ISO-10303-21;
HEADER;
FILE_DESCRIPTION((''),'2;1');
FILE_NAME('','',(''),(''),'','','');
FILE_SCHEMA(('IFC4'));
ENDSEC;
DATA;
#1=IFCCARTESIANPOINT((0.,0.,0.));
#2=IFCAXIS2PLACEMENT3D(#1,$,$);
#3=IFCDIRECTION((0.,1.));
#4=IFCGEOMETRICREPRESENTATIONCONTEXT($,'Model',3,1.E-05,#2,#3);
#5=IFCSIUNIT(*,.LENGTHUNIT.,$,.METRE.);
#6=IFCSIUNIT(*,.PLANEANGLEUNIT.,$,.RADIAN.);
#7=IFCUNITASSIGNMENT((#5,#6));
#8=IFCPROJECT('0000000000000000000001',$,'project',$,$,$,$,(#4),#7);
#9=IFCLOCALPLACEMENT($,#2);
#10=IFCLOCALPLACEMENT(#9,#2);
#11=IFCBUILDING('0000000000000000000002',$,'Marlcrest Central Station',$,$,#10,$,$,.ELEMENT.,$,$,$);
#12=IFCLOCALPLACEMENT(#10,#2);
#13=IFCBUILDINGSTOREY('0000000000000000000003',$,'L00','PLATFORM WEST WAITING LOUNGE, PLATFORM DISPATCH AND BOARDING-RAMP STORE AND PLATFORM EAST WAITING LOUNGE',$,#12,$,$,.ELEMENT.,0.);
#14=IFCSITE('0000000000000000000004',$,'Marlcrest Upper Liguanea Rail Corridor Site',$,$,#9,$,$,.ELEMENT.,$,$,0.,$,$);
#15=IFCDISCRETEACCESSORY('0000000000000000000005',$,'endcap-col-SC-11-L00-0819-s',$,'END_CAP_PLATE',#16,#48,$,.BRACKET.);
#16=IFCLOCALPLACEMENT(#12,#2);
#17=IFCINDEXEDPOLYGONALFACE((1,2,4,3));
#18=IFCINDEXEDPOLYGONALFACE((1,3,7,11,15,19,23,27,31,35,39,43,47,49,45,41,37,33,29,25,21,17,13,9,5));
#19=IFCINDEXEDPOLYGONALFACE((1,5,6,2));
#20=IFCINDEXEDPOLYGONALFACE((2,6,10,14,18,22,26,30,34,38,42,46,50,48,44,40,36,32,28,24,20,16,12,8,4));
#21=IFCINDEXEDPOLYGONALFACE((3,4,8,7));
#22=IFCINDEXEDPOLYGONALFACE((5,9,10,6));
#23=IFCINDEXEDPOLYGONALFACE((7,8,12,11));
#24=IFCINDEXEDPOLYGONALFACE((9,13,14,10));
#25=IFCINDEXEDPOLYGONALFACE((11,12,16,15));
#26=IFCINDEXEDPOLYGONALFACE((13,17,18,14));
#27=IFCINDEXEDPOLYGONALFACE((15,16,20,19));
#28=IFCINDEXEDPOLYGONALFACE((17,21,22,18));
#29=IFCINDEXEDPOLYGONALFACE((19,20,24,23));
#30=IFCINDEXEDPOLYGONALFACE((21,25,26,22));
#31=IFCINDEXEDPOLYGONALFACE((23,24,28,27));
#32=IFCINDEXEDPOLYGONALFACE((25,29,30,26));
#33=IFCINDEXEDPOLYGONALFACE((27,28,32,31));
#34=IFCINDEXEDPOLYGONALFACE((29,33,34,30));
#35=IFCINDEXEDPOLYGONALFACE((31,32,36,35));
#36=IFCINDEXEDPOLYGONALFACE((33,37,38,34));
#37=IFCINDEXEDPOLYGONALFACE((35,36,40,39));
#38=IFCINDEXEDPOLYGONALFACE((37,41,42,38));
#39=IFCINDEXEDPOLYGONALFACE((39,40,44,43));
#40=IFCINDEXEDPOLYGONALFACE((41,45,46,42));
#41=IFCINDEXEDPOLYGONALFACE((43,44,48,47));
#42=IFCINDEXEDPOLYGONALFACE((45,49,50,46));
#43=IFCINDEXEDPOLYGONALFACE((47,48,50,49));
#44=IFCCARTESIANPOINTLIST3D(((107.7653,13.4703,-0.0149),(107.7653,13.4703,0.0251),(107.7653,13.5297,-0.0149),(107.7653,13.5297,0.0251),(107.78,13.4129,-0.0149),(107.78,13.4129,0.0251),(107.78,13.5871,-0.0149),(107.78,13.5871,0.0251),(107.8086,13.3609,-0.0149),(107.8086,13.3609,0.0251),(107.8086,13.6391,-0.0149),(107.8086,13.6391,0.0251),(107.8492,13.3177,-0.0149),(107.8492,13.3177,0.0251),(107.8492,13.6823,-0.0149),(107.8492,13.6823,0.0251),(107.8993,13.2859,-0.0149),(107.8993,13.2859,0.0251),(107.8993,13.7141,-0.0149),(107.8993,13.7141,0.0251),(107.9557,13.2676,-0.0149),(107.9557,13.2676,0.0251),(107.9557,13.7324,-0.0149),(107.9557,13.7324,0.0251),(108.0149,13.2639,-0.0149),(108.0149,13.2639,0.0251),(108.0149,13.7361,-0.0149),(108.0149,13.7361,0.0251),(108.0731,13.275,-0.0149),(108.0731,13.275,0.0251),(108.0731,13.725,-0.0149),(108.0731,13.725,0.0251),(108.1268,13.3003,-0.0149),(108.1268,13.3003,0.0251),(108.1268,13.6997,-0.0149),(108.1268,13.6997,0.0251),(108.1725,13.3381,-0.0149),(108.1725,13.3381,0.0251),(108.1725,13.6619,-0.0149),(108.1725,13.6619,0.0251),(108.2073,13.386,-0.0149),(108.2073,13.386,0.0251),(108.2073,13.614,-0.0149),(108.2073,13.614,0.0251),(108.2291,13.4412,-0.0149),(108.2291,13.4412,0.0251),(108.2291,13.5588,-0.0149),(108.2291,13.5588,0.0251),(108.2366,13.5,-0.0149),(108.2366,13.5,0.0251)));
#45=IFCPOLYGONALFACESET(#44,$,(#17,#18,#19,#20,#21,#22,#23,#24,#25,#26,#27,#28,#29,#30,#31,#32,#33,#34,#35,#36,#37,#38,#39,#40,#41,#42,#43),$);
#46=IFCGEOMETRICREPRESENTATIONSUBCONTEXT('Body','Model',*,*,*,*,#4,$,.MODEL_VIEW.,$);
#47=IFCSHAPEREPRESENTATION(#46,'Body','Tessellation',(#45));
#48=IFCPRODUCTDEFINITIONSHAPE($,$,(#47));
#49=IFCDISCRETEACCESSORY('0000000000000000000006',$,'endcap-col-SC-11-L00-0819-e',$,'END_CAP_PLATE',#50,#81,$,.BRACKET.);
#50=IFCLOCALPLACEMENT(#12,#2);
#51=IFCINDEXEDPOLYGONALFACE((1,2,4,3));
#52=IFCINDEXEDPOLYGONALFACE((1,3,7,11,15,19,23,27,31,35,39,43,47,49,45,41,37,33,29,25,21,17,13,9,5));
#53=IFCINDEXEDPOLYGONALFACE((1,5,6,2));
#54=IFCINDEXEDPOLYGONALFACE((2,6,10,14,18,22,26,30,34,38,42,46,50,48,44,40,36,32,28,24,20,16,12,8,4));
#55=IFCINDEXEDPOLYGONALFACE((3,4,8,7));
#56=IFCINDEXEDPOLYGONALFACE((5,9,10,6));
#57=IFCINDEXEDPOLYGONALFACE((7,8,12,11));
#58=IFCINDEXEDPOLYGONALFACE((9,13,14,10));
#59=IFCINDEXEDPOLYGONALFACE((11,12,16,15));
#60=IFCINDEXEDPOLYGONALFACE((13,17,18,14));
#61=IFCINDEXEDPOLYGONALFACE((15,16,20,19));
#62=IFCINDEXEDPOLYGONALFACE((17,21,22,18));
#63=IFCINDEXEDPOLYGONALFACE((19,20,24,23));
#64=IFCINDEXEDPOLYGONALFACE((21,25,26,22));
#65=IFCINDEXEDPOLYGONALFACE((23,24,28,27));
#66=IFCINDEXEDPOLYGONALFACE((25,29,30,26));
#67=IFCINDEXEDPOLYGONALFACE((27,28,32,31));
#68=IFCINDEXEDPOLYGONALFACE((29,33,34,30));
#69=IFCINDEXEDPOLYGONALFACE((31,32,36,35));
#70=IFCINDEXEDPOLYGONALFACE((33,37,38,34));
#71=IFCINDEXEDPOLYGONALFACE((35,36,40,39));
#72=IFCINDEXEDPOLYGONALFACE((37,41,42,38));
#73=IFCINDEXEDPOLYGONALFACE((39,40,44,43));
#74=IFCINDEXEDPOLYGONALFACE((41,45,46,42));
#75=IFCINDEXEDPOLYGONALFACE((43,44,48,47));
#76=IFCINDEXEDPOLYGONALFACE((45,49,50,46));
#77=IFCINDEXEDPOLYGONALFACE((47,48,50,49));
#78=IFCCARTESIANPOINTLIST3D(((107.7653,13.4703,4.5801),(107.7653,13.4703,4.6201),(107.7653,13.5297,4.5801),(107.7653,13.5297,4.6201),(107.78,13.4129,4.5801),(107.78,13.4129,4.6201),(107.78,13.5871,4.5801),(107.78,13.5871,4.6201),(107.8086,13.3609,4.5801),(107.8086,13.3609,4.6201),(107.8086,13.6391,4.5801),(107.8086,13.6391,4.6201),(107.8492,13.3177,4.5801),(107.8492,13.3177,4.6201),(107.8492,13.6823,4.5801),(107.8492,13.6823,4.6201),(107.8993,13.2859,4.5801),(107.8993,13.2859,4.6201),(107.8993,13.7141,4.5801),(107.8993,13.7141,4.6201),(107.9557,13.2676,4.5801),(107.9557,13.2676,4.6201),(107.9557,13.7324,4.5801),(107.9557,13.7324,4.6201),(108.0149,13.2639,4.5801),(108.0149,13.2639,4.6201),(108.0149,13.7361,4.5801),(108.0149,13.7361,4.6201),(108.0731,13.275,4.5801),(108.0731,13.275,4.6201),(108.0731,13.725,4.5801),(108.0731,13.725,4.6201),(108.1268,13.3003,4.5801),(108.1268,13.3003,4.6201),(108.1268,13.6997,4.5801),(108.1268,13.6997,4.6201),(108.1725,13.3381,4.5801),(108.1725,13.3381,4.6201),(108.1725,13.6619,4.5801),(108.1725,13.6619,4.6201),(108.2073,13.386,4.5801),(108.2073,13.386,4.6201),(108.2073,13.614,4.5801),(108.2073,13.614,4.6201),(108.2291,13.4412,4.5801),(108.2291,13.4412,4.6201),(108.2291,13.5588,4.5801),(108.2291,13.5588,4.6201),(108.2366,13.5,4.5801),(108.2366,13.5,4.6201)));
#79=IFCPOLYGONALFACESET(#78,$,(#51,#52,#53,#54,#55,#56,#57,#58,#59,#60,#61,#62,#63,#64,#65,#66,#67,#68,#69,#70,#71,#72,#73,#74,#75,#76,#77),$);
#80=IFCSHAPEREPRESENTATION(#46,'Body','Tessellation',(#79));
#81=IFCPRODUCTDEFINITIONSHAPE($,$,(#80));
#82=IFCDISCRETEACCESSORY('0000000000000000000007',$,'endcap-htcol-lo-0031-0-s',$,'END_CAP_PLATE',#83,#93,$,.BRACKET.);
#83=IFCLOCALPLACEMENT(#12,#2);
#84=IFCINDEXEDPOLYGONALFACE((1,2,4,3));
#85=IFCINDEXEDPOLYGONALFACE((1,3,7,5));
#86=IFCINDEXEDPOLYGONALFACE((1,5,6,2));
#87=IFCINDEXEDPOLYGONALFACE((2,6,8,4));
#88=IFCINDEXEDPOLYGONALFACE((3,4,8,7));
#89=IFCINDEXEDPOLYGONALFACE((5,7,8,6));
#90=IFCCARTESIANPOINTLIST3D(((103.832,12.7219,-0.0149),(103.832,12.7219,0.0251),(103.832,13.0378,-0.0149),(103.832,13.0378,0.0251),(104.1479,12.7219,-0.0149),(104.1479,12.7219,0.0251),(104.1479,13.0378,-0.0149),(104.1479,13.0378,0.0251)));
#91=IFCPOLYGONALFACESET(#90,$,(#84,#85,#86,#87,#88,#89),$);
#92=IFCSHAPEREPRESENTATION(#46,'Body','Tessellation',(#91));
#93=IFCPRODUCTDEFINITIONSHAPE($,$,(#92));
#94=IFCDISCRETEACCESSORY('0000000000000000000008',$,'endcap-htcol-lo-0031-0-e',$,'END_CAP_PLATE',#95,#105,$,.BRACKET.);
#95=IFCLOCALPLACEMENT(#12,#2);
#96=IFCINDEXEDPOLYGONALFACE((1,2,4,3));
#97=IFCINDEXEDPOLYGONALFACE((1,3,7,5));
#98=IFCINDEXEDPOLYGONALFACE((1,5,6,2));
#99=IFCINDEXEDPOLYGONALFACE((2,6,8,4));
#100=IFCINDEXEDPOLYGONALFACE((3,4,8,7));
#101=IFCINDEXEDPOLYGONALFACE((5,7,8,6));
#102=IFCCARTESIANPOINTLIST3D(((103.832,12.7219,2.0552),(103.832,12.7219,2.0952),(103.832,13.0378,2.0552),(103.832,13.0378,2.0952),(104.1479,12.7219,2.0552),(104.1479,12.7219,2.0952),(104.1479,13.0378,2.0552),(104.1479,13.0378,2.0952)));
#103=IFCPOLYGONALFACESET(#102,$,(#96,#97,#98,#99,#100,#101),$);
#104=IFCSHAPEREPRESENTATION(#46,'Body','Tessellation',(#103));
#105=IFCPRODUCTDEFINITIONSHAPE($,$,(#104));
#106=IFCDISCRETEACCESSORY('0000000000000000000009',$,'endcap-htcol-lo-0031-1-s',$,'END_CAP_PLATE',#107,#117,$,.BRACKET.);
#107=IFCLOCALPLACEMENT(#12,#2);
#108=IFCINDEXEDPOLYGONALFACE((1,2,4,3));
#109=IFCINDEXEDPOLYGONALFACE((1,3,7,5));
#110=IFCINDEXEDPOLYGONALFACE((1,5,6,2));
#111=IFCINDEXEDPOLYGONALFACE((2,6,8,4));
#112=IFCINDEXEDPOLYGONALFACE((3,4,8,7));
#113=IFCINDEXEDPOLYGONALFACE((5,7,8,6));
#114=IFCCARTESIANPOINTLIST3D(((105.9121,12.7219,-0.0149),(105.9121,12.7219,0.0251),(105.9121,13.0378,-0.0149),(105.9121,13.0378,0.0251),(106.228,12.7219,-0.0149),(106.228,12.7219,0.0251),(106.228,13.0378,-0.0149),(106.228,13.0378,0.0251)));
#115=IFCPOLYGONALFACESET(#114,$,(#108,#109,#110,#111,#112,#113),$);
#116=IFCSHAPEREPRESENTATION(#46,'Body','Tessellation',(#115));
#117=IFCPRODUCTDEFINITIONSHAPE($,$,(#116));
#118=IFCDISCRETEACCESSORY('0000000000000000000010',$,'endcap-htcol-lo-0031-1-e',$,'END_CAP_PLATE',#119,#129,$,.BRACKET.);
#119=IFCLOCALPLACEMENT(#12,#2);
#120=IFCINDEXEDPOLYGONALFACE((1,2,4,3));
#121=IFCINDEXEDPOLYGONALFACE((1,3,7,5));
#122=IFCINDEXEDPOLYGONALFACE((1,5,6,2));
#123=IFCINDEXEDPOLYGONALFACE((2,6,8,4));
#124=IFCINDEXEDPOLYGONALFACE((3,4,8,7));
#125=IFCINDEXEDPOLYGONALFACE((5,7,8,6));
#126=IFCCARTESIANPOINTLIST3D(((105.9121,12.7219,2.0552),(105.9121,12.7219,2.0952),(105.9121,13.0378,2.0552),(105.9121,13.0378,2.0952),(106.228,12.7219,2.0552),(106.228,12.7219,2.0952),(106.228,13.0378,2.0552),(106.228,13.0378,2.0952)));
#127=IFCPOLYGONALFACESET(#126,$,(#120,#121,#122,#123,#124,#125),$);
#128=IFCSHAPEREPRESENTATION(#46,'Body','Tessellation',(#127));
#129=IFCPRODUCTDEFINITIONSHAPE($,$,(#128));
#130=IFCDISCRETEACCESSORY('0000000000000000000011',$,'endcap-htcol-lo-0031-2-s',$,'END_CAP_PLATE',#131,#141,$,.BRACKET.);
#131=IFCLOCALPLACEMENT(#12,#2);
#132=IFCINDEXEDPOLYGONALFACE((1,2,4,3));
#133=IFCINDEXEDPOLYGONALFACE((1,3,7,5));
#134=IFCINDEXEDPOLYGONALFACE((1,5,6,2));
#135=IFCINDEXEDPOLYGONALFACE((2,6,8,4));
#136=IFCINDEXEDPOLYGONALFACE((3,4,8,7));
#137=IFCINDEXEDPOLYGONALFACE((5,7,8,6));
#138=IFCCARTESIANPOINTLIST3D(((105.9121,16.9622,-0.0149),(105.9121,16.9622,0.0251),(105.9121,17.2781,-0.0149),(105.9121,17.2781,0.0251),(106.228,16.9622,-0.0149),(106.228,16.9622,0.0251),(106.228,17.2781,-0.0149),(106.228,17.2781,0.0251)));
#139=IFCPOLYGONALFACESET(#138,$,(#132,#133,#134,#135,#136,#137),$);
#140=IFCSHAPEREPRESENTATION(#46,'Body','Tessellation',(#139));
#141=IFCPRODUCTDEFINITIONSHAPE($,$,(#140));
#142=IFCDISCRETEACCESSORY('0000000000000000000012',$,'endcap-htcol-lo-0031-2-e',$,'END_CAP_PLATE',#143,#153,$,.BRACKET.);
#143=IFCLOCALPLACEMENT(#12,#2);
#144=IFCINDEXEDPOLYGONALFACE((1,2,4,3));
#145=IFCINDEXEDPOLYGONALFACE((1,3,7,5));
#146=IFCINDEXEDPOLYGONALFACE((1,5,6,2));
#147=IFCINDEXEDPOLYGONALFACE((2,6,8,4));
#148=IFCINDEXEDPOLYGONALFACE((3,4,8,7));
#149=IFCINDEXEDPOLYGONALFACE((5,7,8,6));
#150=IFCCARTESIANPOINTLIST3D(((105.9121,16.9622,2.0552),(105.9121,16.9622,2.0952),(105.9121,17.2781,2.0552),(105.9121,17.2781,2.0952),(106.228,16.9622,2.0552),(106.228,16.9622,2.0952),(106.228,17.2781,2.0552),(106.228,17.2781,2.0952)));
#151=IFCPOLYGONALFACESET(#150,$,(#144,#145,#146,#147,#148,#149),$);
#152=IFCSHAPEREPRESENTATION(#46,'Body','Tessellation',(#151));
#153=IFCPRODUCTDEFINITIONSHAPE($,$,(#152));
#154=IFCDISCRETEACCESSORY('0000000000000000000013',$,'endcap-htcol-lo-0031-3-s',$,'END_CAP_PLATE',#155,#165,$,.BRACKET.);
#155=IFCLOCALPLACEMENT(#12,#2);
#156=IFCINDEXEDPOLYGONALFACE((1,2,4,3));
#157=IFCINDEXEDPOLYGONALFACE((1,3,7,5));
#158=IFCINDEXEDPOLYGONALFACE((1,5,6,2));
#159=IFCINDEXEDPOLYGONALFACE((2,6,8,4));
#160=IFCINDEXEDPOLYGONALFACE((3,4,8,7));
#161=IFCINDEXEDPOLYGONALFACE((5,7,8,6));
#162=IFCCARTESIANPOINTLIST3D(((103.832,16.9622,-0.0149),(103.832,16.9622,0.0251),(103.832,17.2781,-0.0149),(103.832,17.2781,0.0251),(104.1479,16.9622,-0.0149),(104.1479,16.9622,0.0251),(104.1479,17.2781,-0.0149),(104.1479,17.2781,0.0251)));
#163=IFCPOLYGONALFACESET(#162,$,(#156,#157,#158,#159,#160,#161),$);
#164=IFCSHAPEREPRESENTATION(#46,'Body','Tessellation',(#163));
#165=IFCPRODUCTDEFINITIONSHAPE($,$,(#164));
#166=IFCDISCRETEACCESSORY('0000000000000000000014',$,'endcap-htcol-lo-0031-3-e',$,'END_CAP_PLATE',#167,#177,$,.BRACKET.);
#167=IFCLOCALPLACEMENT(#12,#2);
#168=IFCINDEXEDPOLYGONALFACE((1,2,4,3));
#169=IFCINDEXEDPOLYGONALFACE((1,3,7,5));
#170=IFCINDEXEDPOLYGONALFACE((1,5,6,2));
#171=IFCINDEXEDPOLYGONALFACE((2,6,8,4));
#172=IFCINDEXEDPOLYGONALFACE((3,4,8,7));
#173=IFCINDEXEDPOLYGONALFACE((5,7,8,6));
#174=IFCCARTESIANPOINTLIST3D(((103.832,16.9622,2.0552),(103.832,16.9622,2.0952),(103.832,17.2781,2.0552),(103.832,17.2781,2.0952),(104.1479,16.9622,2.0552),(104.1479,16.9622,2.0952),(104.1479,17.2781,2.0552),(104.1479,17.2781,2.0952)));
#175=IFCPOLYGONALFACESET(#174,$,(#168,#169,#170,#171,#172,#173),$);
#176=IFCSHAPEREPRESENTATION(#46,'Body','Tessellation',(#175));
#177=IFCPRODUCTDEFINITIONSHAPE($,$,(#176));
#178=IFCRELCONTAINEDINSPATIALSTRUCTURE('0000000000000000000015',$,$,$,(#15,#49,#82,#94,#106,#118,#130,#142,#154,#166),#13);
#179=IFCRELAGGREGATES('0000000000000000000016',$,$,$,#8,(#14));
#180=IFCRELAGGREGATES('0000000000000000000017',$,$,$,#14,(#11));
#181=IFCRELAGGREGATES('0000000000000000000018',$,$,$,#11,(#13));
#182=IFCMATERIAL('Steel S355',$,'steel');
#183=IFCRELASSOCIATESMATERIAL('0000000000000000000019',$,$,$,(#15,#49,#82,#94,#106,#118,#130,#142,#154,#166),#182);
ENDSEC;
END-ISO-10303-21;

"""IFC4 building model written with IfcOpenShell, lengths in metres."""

from ifc_helpers import new_model, si_unit, direction, frame, origin, origin_2d, place, context, subcontext, project, spatial, rectangle, circle, extrude, material, element, save


model = new_model("IFC4")

# Units and contexts
model_context = context("Model", 3, precision=1e-05, world=origin(), true_north=direction((0.0, 1.0)))
body_context = subcontext(model_context, "Body", "Model", "MODEL_VIEW")
ifc_project = project(units=[si_unit("LENGTHUNIT", "METRE"), si_unit("PLANEANGLEUNIT", "RADIAN")], contexts=[model_context])

# Site, building, storey
site_placement = place(None, origin())
site = spatial("IfcSite", under=ifc_project, at=site_placement, Name="Marlcrest Upper Liguanea Rail Corridor Site", CompositionType="ELEMENT", RefElevation=0.0)
building_placement = place(site_placement, origin())
building = spatial("IfcBuilding", under=site, at=building_placement, Name="Marlcrest Central Station", CompositionType="ELEMENT")
storey_placement = place(building_placement, origin())
storey = spatial("IfcBuildingStorey", under=building, at=storey_placement, Name="L00", Description="PLATFORM WEST WAITING LOUNGE, PLATFORM DISPATCH AND BOARDING-RAMP STORE AND PLATFORM EAST WAITING LOUNGE", CompositionType="ELEMENT", Elevation=0.0)

# Shared definitions
ifc_material_1 = material(Name="Steel S355", Category="steel")

# Discrete accessories
for number, where, z_axis, x_axis, name in (
    (1, (108.0, 13.5, -0.0149), (0.0, 0.0, 1.0), (1.0, 0.0, 0.0), "endcap-col-SC-11-L00-0819-s"),
    (2, (108.0, 13.5, 4.5801), (0.0, 0.0, 1.0), (1.0, 0.0, 0.0), "endcap-col-SC-11-L00-0819-e"),
):
    element("IfcDiscreteAccessory", number, at=place(storey_placement, frame(where, z_axis=z_axis, x_axis=x_axis)), inside=storey, material=ifc_material_1, Name=name, ObjectType="END_CAP_PLATE", PredefinedType="BRACKET", context=body_context, shape_type="SweptSolid", body=[
        extrude(circle(Radius=0.2366, at=origin_2d()), origin(), (0.0, 0.0, 1.0), 0.04),
    ])
for number, where, z_axis, x_axis, name in (
    (3, (103.99, 12.8799, -0.0149), (0.0, 0.0, 1.0), (1.0, 0.0, 0.0), "endcap-htcol-lo-0031-0-s"),
    (4, (103.99, 12.8799, 2.0552), (0.0, 0.0, 1.0), (1.0, 0.0, 0.0), "endcap-htcol-lo-0031-0-e"),
    (5, (106.0701, 12.8799, -0.0149), (0.0, 0.0, 1.0), (1.0, 0.0, 0.0), "endcap-htcol-lo-0031-1-s"),
    (6, (106.0701, 12.8799, 2.0552), (0.0, 0.0, 1.0), (1.0, 0.0, 0.0), "endcap-htcol-lo-0031-1-e"),
    (7, (106.0701, 17.1201, -0.0149), (0.0, 0.0, 1.0), (1.0, 0.0, 0.0), "endcap-htcol-lo-0031-2-s"),
    (8, (106.0701, 17.1201, 2.0552), (0.0, 0.0, 1.0), (1.0, 0.0, 0.0), "endcap-htcol-lo-0031-2-e"),
    (9, (103.99, 17.1201, -0.0149), (0.0, 0.0, 1.0), (1.0, 0.0, 0.0), "endcap-htcol-lo-0031-3-s"),
    (10, (103.99, 17.1201, 2.0552), (0.0, 0.0, 1.0), (1.0, 0.0, 0.0), "endcap-htcol-lo-0031-3-e"),
):
    element("IfcDiscreteAccessory", number, at=place(storey_placement, frame(where, z_axis=z_axis, x_axis=x_axis)), inside=storey, material=ifc_material_1, Name=name, ObjectType="END_CAP_PLATE", PredefinedType="BRACKET", context=body_context, shape_type="SweptSolid", body=[
        extrude(rectangle(XDim=0.3159, YDim=0.3159, at=origin_2d()), origin(), (0.0, 0.0, 1.0), 0.04),
    ])

save(model, "model.ifc")
